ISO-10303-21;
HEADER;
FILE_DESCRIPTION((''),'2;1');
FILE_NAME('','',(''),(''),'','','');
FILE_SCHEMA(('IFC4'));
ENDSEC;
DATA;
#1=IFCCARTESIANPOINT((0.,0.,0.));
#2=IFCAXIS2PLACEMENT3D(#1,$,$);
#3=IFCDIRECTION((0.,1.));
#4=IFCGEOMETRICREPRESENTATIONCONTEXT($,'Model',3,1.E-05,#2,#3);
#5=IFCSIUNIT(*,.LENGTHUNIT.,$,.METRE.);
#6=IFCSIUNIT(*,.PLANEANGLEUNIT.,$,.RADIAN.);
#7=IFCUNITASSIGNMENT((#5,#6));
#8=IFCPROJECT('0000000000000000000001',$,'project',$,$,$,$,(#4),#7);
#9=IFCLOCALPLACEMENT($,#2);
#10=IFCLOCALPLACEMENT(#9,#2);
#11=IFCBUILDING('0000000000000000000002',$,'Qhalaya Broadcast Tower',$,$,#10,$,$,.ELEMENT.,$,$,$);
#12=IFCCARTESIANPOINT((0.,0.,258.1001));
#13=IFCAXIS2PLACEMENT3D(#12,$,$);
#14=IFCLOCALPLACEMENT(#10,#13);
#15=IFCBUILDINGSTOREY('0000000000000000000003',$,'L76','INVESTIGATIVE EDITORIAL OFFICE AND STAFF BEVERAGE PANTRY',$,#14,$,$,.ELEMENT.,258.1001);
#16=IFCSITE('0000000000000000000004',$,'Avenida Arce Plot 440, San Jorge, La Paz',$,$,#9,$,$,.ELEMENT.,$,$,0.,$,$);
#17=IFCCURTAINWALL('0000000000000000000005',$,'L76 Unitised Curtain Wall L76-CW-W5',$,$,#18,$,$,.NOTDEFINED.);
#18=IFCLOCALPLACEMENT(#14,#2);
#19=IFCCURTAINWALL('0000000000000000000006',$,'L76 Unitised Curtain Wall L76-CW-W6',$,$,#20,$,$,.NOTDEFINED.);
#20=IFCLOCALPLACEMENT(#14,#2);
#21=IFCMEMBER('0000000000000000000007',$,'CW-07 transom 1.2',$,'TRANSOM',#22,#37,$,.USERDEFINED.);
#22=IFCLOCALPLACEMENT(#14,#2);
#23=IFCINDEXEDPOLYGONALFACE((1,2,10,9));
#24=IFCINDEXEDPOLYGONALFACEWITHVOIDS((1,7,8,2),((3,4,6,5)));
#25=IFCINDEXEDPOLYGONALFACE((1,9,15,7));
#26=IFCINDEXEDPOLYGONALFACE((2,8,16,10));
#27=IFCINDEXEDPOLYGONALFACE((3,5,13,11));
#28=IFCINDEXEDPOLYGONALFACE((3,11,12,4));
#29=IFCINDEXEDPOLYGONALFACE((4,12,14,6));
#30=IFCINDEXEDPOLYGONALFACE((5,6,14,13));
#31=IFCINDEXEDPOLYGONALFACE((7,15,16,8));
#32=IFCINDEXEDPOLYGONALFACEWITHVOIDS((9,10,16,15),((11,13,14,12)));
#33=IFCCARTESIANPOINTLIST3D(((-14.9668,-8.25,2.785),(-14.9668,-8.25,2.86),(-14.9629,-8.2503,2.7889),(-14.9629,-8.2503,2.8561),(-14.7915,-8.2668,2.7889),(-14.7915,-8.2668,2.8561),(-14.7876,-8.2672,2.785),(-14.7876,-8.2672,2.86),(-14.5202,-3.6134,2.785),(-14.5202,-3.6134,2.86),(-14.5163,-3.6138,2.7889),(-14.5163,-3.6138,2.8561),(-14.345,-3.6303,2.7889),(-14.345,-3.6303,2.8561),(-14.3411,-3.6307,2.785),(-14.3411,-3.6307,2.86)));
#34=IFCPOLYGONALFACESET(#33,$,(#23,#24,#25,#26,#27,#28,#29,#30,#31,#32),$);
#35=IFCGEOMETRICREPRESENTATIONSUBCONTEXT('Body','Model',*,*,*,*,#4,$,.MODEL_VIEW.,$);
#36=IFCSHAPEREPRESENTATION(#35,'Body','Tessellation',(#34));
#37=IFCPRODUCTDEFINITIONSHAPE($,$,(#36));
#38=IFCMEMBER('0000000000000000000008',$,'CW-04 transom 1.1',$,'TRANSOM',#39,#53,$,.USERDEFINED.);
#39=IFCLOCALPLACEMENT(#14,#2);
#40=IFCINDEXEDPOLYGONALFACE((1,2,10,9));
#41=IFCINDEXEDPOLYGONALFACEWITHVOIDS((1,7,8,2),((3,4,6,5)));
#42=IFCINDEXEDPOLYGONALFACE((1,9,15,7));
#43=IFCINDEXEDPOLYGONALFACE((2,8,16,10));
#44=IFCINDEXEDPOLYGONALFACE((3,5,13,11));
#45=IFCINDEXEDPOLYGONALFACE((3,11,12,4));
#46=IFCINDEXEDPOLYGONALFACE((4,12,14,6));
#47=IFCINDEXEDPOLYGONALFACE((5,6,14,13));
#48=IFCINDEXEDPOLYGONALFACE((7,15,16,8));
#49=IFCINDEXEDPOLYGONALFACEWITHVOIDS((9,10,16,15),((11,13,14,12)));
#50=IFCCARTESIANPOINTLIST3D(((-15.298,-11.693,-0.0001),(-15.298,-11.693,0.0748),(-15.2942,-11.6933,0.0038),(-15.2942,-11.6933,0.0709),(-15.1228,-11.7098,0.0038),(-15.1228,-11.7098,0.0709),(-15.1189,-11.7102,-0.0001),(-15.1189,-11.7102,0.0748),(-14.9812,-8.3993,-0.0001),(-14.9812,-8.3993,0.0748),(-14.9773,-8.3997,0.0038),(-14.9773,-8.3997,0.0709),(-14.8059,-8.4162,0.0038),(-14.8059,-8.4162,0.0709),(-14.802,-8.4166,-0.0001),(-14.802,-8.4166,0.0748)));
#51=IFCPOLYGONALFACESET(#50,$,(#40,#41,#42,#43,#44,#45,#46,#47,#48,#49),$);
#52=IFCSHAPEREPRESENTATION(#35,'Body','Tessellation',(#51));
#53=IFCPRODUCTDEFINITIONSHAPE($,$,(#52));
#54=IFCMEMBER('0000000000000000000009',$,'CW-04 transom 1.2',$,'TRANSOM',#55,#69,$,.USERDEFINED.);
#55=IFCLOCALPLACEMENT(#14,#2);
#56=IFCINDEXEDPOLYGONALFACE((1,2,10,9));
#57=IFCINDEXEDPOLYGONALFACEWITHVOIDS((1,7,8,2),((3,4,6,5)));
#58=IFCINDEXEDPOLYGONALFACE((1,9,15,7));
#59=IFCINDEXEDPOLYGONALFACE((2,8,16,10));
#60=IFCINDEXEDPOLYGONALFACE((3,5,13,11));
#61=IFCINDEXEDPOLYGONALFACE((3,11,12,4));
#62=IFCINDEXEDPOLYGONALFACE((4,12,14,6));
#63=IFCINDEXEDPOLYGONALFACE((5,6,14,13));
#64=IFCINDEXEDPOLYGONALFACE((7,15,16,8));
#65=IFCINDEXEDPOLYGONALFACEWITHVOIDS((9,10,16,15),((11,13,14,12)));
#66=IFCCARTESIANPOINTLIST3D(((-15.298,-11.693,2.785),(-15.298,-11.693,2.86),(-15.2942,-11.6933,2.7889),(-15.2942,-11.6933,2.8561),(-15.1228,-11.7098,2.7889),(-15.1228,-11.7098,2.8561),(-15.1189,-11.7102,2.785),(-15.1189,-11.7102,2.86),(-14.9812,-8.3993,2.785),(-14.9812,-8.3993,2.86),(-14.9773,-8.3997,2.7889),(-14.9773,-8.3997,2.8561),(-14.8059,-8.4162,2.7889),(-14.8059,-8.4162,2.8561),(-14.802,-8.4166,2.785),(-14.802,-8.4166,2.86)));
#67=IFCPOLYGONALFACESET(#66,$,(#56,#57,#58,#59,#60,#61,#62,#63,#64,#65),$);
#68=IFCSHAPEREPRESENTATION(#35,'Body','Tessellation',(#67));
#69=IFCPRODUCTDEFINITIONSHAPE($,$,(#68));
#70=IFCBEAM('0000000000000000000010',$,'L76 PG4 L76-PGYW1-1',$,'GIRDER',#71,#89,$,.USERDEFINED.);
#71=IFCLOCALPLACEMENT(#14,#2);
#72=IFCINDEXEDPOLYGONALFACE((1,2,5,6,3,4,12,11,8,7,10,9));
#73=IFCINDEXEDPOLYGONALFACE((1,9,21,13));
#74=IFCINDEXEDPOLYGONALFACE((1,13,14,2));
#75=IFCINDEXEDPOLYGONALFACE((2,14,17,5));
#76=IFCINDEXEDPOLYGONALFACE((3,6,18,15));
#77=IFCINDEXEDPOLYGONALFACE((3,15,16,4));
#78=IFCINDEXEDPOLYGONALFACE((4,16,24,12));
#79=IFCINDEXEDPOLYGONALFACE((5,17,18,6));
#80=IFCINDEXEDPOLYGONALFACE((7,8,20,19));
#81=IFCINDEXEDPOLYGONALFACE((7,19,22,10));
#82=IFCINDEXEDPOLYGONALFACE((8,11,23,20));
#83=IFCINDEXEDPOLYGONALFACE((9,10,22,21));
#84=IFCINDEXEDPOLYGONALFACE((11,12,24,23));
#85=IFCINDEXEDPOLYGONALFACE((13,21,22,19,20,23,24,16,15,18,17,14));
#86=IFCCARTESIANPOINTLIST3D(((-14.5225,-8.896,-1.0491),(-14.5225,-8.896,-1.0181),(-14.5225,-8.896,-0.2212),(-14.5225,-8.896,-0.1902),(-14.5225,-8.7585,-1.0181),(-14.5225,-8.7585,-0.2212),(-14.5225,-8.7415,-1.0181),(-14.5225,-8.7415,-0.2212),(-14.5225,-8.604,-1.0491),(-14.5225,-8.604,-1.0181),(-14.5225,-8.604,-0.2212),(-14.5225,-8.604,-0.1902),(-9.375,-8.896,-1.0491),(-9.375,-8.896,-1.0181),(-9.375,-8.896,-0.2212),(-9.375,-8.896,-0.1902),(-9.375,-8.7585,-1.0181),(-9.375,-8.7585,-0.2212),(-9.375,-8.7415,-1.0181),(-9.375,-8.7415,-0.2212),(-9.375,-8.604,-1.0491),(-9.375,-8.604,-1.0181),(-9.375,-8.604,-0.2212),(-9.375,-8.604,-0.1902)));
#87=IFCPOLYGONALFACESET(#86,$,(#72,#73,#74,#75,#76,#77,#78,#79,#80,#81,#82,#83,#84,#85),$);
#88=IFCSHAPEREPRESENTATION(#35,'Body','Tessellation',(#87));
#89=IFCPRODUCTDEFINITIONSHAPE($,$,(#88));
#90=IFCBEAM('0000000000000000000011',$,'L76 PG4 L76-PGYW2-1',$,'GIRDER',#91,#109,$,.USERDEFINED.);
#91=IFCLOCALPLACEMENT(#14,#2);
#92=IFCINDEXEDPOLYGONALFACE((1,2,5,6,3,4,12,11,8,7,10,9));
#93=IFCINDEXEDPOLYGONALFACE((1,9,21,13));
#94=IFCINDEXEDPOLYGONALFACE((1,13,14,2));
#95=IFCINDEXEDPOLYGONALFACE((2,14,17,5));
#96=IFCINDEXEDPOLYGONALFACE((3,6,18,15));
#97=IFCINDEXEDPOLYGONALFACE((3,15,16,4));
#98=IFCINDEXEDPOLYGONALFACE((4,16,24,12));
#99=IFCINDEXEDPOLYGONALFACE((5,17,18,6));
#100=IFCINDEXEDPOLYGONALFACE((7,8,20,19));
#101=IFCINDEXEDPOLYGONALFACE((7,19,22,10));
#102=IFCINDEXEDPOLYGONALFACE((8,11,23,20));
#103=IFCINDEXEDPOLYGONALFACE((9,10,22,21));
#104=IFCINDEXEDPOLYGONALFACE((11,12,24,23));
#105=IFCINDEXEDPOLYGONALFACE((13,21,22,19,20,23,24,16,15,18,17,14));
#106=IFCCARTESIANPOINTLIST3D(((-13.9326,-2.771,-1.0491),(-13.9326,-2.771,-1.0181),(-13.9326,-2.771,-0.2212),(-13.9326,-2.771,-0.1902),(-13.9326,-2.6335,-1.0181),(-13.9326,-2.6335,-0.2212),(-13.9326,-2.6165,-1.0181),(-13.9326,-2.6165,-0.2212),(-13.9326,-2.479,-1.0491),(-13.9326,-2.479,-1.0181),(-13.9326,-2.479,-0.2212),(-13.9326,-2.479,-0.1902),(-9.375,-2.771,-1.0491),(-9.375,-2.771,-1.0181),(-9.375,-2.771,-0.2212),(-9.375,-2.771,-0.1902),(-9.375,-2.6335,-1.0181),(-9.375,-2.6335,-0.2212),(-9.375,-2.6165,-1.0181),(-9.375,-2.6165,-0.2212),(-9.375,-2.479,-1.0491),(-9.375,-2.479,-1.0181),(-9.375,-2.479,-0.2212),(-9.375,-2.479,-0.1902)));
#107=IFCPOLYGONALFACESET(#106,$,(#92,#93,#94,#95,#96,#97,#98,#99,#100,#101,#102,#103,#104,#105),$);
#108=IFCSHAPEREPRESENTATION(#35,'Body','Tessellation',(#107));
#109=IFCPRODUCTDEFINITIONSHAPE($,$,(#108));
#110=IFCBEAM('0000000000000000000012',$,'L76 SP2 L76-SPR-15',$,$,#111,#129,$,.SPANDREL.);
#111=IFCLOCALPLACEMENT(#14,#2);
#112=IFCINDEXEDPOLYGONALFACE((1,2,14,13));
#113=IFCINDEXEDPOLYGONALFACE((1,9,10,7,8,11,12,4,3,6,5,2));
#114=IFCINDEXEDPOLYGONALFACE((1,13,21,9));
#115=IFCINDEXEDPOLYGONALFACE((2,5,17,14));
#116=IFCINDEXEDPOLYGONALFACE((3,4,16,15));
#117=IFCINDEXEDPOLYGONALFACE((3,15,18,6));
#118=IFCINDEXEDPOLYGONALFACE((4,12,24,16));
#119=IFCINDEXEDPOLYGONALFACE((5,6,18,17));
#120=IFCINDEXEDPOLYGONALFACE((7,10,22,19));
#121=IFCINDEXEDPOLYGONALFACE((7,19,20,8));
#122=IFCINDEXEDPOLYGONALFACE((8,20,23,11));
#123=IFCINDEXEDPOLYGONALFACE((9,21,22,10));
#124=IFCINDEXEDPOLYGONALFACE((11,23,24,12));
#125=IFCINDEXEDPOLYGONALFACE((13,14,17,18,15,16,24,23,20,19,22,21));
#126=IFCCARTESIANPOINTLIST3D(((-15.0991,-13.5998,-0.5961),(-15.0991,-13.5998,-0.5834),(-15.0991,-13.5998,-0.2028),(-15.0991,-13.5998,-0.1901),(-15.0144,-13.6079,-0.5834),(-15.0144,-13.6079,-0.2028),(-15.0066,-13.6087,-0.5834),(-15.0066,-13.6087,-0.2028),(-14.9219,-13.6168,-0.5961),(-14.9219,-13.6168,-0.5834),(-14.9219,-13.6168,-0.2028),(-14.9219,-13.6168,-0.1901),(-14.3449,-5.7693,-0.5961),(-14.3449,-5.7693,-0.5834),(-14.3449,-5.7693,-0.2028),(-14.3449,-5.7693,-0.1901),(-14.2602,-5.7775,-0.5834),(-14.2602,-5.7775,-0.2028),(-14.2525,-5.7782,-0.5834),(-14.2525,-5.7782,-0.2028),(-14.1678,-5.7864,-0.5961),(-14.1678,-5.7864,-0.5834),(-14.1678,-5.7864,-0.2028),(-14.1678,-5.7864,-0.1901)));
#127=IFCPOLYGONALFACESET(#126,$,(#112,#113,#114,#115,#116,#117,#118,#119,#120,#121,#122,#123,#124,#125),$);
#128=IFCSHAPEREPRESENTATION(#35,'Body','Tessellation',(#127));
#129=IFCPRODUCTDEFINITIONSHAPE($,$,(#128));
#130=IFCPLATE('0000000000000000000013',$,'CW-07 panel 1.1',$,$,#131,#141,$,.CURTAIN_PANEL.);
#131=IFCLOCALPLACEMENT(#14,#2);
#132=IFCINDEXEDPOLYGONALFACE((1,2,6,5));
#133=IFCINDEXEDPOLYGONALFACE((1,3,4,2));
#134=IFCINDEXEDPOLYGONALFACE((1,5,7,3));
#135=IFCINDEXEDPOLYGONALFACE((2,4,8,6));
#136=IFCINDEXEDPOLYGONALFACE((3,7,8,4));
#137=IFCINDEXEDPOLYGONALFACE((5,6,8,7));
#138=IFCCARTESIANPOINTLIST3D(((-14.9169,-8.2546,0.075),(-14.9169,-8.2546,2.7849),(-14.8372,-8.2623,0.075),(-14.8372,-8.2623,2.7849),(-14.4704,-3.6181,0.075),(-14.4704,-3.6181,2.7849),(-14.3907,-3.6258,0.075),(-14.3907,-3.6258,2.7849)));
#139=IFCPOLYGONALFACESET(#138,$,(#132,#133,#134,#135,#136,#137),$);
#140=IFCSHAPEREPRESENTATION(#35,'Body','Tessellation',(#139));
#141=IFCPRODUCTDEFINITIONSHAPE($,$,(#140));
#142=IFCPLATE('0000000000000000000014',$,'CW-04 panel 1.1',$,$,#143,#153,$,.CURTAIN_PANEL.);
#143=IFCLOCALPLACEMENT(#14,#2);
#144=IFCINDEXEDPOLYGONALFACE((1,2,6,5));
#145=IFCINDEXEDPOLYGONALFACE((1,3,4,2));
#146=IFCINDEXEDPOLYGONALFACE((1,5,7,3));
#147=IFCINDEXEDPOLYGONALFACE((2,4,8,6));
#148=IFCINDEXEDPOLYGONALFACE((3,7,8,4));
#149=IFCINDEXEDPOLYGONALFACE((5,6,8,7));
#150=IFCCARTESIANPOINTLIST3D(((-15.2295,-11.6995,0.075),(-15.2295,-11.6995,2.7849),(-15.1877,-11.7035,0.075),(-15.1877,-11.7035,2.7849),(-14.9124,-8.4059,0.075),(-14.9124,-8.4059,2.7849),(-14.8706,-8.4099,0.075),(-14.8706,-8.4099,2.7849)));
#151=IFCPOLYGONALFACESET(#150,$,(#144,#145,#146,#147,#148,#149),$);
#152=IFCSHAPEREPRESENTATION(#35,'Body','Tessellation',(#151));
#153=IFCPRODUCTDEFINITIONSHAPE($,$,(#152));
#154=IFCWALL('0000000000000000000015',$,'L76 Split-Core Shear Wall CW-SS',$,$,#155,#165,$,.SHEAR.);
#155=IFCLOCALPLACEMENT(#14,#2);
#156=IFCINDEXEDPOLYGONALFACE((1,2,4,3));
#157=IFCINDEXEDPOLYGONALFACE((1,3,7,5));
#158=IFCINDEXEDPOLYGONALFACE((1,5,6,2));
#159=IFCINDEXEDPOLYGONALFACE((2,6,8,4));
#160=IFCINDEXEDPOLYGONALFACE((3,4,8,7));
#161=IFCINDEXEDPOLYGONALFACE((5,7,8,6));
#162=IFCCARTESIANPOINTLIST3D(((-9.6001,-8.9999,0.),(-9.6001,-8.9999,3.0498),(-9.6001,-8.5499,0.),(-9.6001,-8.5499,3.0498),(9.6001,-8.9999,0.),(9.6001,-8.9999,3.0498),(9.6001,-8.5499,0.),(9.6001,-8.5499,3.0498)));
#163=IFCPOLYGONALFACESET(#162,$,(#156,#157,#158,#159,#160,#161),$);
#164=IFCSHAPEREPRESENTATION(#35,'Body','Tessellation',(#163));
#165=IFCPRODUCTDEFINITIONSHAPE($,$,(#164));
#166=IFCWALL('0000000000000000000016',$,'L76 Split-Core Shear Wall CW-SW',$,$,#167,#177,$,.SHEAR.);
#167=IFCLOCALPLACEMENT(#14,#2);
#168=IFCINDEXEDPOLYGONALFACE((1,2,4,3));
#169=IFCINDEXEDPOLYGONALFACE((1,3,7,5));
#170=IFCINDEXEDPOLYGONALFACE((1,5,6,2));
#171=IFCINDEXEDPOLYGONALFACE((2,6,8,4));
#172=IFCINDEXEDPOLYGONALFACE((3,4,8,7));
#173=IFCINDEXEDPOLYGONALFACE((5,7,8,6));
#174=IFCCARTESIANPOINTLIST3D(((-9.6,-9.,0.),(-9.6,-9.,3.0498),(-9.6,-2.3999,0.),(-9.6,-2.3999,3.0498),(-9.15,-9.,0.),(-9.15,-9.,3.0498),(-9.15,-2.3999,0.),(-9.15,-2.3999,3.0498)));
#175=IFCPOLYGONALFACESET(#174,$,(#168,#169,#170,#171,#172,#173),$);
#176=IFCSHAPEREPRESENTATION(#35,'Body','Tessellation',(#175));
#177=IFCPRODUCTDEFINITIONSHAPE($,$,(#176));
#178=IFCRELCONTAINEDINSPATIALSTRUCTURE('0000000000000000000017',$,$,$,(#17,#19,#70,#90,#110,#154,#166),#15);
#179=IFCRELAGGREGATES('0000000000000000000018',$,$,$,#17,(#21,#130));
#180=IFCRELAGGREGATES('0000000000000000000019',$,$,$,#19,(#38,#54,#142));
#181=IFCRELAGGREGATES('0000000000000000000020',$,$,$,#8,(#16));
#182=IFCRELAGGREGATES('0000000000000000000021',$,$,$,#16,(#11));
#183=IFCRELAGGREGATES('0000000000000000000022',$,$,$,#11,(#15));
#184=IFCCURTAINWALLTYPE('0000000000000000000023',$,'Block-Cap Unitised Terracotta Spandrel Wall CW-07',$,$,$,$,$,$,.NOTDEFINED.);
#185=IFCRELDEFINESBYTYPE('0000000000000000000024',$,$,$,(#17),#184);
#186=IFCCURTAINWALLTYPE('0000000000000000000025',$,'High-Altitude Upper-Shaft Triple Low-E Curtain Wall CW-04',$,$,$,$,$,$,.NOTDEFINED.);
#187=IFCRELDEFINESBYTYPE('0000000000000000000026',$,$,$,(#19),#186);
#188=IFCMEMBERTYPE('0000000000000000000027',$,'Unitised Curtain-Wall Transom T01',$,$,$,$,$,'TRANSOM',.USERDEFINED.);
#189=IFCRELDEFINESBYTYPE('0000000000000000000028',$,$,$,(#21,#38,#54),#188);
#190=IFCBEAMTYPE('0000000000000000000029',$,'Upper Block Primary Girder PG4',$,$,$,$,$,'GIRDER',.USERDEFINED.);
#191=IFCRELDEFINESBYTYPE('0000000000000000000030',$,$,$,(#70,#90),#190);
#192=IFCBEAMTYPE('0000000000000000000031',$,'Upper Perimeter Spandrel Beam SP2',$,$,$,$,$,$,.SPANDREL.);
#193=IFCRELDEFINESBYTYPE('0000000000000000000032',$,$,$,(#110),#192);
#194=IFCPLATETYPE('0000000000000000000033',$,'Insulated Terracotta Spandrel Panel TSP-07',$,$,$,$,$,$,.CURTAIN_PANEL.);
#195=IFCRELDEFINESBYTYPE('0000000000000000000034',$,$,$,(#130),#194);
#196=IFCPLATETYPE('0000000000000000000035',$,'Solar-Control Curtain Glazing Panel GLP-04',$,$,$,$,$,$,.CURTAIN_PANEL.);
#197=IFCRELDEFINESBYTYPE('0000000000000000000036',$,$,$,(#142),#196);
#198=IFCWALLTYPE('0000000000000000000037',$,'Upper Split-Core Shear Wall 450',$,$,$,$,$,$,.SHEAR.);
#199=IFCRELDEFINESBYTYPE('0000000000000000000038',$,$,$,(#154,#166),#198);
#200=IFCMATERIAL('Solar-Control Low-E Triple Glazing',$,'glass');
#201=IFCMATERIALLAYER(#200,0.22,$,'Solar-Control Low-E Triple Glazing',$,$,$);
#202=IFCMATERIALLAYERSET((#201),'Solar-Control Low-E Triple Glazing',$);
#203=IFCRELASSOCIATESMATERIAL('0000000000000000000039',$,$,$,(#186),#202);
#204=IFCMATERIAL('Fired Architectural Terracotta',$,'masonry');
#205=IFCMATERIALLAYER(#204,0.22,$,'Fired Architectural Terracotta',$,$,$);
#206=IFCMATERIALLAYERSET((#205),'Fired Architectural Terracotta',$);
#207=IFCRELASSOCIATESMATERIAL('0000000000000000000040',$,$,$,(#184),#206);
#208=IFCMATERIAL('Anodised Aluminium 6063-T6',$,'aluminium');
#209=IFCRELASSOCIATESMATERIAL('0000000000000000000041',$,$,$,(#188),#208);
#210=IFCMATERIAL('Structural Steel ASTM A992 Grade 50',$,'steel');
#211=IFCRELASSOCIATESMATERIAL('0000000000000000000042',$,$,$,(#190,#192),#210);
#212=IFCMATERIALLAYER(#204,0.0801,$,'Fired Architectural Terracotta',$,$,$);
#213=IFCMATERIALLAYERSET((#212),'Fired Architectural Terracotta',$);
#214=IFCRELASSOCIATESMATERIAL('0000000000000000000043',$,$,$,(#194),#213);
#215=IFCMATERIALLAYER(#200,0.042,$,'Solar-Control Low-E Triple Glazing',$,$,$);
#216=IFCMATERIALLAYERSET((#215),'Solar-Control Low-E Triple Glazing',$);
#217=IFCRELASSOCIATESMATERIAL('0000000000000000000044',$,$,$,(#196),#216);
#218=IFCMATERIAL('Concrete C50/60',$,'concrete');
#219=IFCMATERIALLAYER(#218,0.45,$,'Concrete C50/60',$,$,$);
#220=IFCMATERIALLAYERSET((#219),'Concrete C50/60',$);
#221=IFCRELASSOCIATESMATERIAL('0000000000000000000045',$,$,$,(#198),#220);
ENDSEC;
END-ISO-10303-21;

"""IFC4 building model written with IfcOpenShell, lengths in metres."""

from ifc_helpers import new_model, si_unit, direction, frame, frame_2d, origin, origin_2d, place, context, subcontext, project, spatial, rectangle, hollow_rectangle, i_section, extrude, material, layer, layer_set, material_profile, profile_set, type_object, element, aggregate, save


model = new_model("IFC4")

# Units and contexts
model_context = context("Model", 3, precision=1e-05, world=origin(), true_north=direction((0.0, 1.0)))
body_context = subcontext(model_context, "Body", "Model", "MODEL_VIEW")
ifc_project = project(units=[si_unit("LENGTHUNIT", "METRE"), si_unit("PLANEANGLEUNIT", "RADIAN")], contexts=[model_context])

# Site, building, storey
site_placement = place(None, origin())
site = spatial("IfcSite", under=ifc_project, at=site_placement, Name="Avenida Arce Plot 440, San Jorge, La Paz", CompositionType="ELEMENT", RefElevation=0.0)
building_placement = place(site_placement, origin())
building = spatial("IfcBuilding", under=site, at=building_placement, Name="Qhalaya Broadcast Tower", CompositionType="ELEMENT")
storey_placement = place(building_placement, frame((0.0, 0.0, 258.1001)))
storey = spatial("IfcBuildingStorey", under=building, at=storey_placement, Name="L76", Description="INVESTIGATIVE EDITORIAL OFFICE AND STAFF BEVERAGE PANTRY", CompositionType="ELEMENT", Elevation=258.1001)

# Shared definitions
ifc_material_1 = material(Name="Structural Steel ASTM A992 Grade 50", Category="steel")

# Shared definitions
ifc_material_2 = material(Name="Solar-Control Low-E Triple Glazing", Category="glass")
ifc_layer_1 = layer(ifc_material_2, 0.22, Name="Solar-Control Low-E Triple Glazing")
ifc_layer_set_1 = layer_set([ifc_layer_1], Name="Solar-Control Low-E Triple Glazing")
curtain_wall_type_1 = type_object("IfcCurtainWallType", Name="High-Altitude Upper-Shaft Triple Low-E Curtain Wall CW-04", PredefinedType="NOTDEFINED", material=ifc_layer_set_1)
ifc_material_3 = material(Name="Anodised Aluminium 6063-T6", Category="aluminium")

# Curtain wall
ifc_material_4 = material(Name="Fired Architectural Terracotta", Category="masonry")
ifc_layer_2 = layer(ifc_material_4, 0.22, Name="Fired Architectural Terracotta")
ifc_layer_set_2 = layer_set([ifc_layer_2], Name="Fired Architectural Terracotta")
curtain_wall_type_2 = type_object("IfcCurtainWallType", Name="Block-Cap Unitised Terracotta Spandrel Wall CW-07", PredefinedType="NOTDEFINED", material=ifc_layer_set_2)
curtain_wall_1_placement = place(storey_placement, origin())
curtain_wall_1 = element("IfcCurtainWall", 1, at=curtain_wall_1_placement, inside=storey, type_object=curtain_wall_type_2, Name="L76 Unitised Curtain Wall L76-CW-W5", PredefinedType="NOTDEFINED")

# Curtain wall
curtain_wall_2_placement = place(storey_placement, origin())
curtain_wall_2 = element("IfcCurtainWall", 2, at=curtain_wall_2_placement, inside=storey, type_object=curtain_wall_type_1, Name="L76 Unitised Curtain Wall L76-CW-W6", PredefinedType="NOTDEFINED")

# Members
ifc_material_profile_1 = material_profile(ifc_material_3, hollow_rectangle(XDim=0.075, YDim=0.1799, WallThickness=0.0039, at=origin_2d()), Name="ALU-TRN 75x180x4")
ifc_profile_set_1 = profile_set([ifc_material_profile_1], Name="Anodised Aluminium 6063-T6")
member_type_1 = type_object("IfcMemberType", Name="Unitised Curtain-Wall Transom T01", ElementType="TRANSOM", PredefinedType="USERDEFINED", material=ifc_profile_set_1)
member_1_placement = place(storey_placement, frame((-14.4307, -3.6221, 2.8225), z_axis=(-0.095865, -0.995394, 0.0), x_axis=(0.0, 0.0, 1.0)))
member_1 = element("IfcMember", 3, at=member_1_placement, type_object=member_type_1, Name="CW-07 transom 1.2", ObjectType="TRANSOM", PredefinedType="USERDEFINED", context=body_context, shape_type="SweptSolid", body=[
    extrude(hollow_rectangle(XDim=0.075, YDim=0.1799, WallThickness=0.0039, at=origin_2d()), origin(), (0.0, 0.0, 1.0), 4.658),
])
member_2_placement = place(storey_placement, frame((-14.8916, -8.408, 0.0374), z_axis=(-0.09577, -0.995403, 0.0), x_axis=(0.0, 0.0, 1.0)))
member_2 = element("IfcMember", 4, at=member_2_placement, type_object=member_type_1, Name="CW-04 transom 1.1", ObjectType="TRANSOM", PredefinedType="USERDEFINED", context=body_context, shape_type="SweptSolid", body=[
    extrude(hollow_rectangle(XDim=0.075, YDim=0.1799, WallThickness=0.0039, at=origin_2d()), origin(), (0.0, 0.0, 1.0), 3.3088),
])
member_3_placement = place(storey_placement, frame((-14.8916, -8.408, 2.8225), z_axis=(-0.09577, -0.995403, 0.0), x_axis=(0.0, 0.0, 1.0)))
member_3 = element("IfcMember", 5, at=member_3_placement, type_object=member_type_1, Name="CW-04 transom 1.2", ObjectType="TRANSOM", PredefinedType="USERDEFINED", context=body_context, shape_type="SweptSolid", body=[
    extrude(hollow_rectangle(XDim=0.075, YDim=0.1799, WallThickness=0.0039, at=origin_2d()), origin(), (0.0, 0.0, 1.0), 3.3088),
])

# Beams
ifc_material_profile_2 = material_profile(ifc_material_1, i_section(OverallWidth=0.292, OverallDepth=0.8589, WebThickness=0.0171, FlangeThickness=0.031, at=origin_2d()), Name="W33X169")
ifc_profile_set_2 = profile_set([ifc_material_profile_2], Name="Structural Steel ASTM A992 Grade 50")
beam_type_1 = type_object("IfcBeamType", Name="Upper Block Primary Girder PG4", ElementType="GIRDER", PredefinedType="USERDEFINED", material=ifc_profile_set_2)
beam_1_placement = place(storey_placement, frame((-14.5225, -8.75, -0.6196), z_axis=(1.0, 0.0, 0.0), x_axis=(0.0, 1.0, 0.0)))
element("IfcBeam", 6, at=beam_1_placement, inside=storey, type_object=beam_type_1, Name="L76 PG4 L76-PGYW1-1", ObjectType="GIRDER", PredefinedType="USERDEFINED", context=body_context, shape_type="SweptSolid", body=[
    extrude(i_section(OverallWidth=0.292, OverallDepth=0.8589, WebThickness=0.0171, FlangeThickness=0.031, at=origin_2d()), origin(), (0.0, 0.0, 1.0), 5.1475),
])
beam_2_placement = place(storey_placement, frame((-13.9326, -2.625, -0.6196), z_axis=(1.0, 0.0, 0.0), x_axis=(0.0, 1.0, 0.0)))
element("IfcBeam", 7, at=beam_2_placement, inside=storey, type_object=beam_type_1, Name="L76 PG4 L76-PGYW2-1", ObjectType="GIRDER", PredefinedType="USERDEFINED", context=body_context, shape_type="SweptSolid", body=[
    extrude(i_section(OverallWidth=0.292, OverallDepth=0.8589, WebThickness=0.0171, FlangeThickness=0.031, at=origin_2d()), origin(), (0.0, 0.0, 1.0), 4.5576),
])
ifc_material_profile_3 = material_profile(ifc_material_1, i_section(OverallWidth=0.178, OverallDepth=0.406, WebThickness=0.0078, FlangeThickness=0.0127, at=origin_2d()), Name="W16X40")
ifc_profile_set_3 = profile_set([ifc_material_profile_3], Name="Structural Steel ASTM A992 Grade 50")
beam_type_2 = type_object("IfcBeamType", Name="Upper Perimeter Spandrel Beam SP2", PredefinedType="SPANDREL", material=ifc_profile_set_3)
beam_3_placement = place(storey_placement, frame((-14.2563, -5.7778, -0.3931), z_axis=(-0.095865, -0.995394, 0.0), x_axis=(0.995394, -0.095865, 0.0)))
element("IfcBeam", 8, at=beam_3_placement, inside=storey, type_object=beam_type_2, Name="L76 SP2 L76-SPR-15", PredefinedType="SPANDREL", context=body_context, shape_type="SweptSolid", body=[
    extrude(i_section(OverallWidth=0.178, OverallDepth=0.406, WebThickness=0.0078, FlangeThickness=0.0127, at=origin_2d()), origin(), (0.0, 0.0, 1.0), 7.8667),
])

# Plates
ifc_layer_3 = layer(ifc_material_4, 0.0801, Name="Fired Architectural Terracotta")
ifc_layer_set_3 = layer_set([ifc_layer_3], Name="Fired Architectural Terracotta")
plate_type_1 = type_object("IfcPlateType", Name="Insulated Terracotta Spandrel Panel TSP-07", PredefinedType="CURTAIN_PANEL", material=ifc_layer_set_3)
plate_1_placement = place(storey_placement, frame((-14.6538, -5.9402, 0.075), z_axis=(0.0, 0.0, 1.0), x_axis=(-0.09586, -0.995395, 0.0)))
plate_1 = element("IfcPlate", 9, at=plate_1_placement, type_object=plate_type_1, Name="CW-07 panel 1.1", PredefinedType="CURTAIN_PANEL", context=body_context, shape_type="SweptSolid", body=[
    extrude(rectangle(XDim=4.658, YDim=0.0801, at=origin_2d()), origin(), (0.0, 0.0, 1.0), 2.71),
])
aggregate(curtain_wall_1, [member_1, plate_1])
ifc_layer_4 = layer(ifc_material_2, 0.042, Name="Solar-Control Low-E Triple Glazing")
ifc_layer_set_4 = layer_set([ifc_layer_4], Name="Solar-Control Low-E Triple Glazing")
plate_type_2 = type_object("IfcPlateType", Name="Solar-Control Curtain Glazing Panel GLP-04", PredefinedType="CURTAIN_PANEL", material=ifc_layer_set_4)
plate_2_placement = place(storey_placement, frame((-15.05, -10.0547, 0.075), z_axis=(0.0, 0.0, 1.0), x_axis=(-0.095839, -0.995397, 0.0)))
plate_2 = element("IfcPlate", 10, at=plate_2_placement, type_object=plate_type_2, Name="CW-04 panel 1.1", PredefinedType="CURTAIN_PANEL", context=body_context, shape_type="SweptSolid", body=[
    extrude(rectangle(XDim=3.3088, YDim=0.042, at=origin_2d()), origin(), (0.0, 0.0, 1.0), 2.71),
])
aggregate(curtain_wall_2, [member_2, member_3, plate_2])

# Wall
ifc_material_5 = material(Name="Concrete C50/60", Category="concrete")
ifc_layer_5 = layer(ifc_material_5, 0.45, Name="Concrete C50/60")
ifc_layer_set_5 = layer_set([ifc_layer_5], Name="Concrete C50/60")
wall_type = type_object("IfcWallType", Name="Upper Split-Core Shear Wall 450", PredefinedType="SHEAR", material=ifc_layer_set_5)
wall_1_placement = place(storey_placement, frame((-9.6001, -8.7749, 0.0), z_axis=(0.0, 0.0, 1.0), x_axis=(1.0, 0.0, 0.0)))
element("IfcWall", 11, at=wall_1_placement, inside=storey, type_object=wall_type, Name="L76 Split-Core Shear Wall CW-SS", PredefinedType="SHEAR", context=body_context, shape_type="SweptSolid", body=[
    extrude(rectangle(XDim=19.2002, YDim=0.45, at=frame_2d((9.6001, 0.0))), origin(), (0.0, 0.0, 1.0), 3.0498),
])

# Wall
wall_2_placement = place(storey_placement, frame((-9.375, -9.0, 0.0), z_axis=(0.0, 0.0, 1.0), x_axis=(0.0, 1.0, 0.0)))
element("IfcWall", 12, at=wall_2_placement, inside=storey, type_object=wall_type, Name="L76 Split-Core Shear Wall CW-SW", PredefinedType="SHEAR", context=body_context, shape_type="SweptSolid", body=[
    extrude(rectangle(XDim=6.6001, YDim=0.45, at=frame_2d((3.3, 0.0))), origin(), (0.0, 0.0, 1.0), 3.0498),
])

save(model, "model.ifc")
